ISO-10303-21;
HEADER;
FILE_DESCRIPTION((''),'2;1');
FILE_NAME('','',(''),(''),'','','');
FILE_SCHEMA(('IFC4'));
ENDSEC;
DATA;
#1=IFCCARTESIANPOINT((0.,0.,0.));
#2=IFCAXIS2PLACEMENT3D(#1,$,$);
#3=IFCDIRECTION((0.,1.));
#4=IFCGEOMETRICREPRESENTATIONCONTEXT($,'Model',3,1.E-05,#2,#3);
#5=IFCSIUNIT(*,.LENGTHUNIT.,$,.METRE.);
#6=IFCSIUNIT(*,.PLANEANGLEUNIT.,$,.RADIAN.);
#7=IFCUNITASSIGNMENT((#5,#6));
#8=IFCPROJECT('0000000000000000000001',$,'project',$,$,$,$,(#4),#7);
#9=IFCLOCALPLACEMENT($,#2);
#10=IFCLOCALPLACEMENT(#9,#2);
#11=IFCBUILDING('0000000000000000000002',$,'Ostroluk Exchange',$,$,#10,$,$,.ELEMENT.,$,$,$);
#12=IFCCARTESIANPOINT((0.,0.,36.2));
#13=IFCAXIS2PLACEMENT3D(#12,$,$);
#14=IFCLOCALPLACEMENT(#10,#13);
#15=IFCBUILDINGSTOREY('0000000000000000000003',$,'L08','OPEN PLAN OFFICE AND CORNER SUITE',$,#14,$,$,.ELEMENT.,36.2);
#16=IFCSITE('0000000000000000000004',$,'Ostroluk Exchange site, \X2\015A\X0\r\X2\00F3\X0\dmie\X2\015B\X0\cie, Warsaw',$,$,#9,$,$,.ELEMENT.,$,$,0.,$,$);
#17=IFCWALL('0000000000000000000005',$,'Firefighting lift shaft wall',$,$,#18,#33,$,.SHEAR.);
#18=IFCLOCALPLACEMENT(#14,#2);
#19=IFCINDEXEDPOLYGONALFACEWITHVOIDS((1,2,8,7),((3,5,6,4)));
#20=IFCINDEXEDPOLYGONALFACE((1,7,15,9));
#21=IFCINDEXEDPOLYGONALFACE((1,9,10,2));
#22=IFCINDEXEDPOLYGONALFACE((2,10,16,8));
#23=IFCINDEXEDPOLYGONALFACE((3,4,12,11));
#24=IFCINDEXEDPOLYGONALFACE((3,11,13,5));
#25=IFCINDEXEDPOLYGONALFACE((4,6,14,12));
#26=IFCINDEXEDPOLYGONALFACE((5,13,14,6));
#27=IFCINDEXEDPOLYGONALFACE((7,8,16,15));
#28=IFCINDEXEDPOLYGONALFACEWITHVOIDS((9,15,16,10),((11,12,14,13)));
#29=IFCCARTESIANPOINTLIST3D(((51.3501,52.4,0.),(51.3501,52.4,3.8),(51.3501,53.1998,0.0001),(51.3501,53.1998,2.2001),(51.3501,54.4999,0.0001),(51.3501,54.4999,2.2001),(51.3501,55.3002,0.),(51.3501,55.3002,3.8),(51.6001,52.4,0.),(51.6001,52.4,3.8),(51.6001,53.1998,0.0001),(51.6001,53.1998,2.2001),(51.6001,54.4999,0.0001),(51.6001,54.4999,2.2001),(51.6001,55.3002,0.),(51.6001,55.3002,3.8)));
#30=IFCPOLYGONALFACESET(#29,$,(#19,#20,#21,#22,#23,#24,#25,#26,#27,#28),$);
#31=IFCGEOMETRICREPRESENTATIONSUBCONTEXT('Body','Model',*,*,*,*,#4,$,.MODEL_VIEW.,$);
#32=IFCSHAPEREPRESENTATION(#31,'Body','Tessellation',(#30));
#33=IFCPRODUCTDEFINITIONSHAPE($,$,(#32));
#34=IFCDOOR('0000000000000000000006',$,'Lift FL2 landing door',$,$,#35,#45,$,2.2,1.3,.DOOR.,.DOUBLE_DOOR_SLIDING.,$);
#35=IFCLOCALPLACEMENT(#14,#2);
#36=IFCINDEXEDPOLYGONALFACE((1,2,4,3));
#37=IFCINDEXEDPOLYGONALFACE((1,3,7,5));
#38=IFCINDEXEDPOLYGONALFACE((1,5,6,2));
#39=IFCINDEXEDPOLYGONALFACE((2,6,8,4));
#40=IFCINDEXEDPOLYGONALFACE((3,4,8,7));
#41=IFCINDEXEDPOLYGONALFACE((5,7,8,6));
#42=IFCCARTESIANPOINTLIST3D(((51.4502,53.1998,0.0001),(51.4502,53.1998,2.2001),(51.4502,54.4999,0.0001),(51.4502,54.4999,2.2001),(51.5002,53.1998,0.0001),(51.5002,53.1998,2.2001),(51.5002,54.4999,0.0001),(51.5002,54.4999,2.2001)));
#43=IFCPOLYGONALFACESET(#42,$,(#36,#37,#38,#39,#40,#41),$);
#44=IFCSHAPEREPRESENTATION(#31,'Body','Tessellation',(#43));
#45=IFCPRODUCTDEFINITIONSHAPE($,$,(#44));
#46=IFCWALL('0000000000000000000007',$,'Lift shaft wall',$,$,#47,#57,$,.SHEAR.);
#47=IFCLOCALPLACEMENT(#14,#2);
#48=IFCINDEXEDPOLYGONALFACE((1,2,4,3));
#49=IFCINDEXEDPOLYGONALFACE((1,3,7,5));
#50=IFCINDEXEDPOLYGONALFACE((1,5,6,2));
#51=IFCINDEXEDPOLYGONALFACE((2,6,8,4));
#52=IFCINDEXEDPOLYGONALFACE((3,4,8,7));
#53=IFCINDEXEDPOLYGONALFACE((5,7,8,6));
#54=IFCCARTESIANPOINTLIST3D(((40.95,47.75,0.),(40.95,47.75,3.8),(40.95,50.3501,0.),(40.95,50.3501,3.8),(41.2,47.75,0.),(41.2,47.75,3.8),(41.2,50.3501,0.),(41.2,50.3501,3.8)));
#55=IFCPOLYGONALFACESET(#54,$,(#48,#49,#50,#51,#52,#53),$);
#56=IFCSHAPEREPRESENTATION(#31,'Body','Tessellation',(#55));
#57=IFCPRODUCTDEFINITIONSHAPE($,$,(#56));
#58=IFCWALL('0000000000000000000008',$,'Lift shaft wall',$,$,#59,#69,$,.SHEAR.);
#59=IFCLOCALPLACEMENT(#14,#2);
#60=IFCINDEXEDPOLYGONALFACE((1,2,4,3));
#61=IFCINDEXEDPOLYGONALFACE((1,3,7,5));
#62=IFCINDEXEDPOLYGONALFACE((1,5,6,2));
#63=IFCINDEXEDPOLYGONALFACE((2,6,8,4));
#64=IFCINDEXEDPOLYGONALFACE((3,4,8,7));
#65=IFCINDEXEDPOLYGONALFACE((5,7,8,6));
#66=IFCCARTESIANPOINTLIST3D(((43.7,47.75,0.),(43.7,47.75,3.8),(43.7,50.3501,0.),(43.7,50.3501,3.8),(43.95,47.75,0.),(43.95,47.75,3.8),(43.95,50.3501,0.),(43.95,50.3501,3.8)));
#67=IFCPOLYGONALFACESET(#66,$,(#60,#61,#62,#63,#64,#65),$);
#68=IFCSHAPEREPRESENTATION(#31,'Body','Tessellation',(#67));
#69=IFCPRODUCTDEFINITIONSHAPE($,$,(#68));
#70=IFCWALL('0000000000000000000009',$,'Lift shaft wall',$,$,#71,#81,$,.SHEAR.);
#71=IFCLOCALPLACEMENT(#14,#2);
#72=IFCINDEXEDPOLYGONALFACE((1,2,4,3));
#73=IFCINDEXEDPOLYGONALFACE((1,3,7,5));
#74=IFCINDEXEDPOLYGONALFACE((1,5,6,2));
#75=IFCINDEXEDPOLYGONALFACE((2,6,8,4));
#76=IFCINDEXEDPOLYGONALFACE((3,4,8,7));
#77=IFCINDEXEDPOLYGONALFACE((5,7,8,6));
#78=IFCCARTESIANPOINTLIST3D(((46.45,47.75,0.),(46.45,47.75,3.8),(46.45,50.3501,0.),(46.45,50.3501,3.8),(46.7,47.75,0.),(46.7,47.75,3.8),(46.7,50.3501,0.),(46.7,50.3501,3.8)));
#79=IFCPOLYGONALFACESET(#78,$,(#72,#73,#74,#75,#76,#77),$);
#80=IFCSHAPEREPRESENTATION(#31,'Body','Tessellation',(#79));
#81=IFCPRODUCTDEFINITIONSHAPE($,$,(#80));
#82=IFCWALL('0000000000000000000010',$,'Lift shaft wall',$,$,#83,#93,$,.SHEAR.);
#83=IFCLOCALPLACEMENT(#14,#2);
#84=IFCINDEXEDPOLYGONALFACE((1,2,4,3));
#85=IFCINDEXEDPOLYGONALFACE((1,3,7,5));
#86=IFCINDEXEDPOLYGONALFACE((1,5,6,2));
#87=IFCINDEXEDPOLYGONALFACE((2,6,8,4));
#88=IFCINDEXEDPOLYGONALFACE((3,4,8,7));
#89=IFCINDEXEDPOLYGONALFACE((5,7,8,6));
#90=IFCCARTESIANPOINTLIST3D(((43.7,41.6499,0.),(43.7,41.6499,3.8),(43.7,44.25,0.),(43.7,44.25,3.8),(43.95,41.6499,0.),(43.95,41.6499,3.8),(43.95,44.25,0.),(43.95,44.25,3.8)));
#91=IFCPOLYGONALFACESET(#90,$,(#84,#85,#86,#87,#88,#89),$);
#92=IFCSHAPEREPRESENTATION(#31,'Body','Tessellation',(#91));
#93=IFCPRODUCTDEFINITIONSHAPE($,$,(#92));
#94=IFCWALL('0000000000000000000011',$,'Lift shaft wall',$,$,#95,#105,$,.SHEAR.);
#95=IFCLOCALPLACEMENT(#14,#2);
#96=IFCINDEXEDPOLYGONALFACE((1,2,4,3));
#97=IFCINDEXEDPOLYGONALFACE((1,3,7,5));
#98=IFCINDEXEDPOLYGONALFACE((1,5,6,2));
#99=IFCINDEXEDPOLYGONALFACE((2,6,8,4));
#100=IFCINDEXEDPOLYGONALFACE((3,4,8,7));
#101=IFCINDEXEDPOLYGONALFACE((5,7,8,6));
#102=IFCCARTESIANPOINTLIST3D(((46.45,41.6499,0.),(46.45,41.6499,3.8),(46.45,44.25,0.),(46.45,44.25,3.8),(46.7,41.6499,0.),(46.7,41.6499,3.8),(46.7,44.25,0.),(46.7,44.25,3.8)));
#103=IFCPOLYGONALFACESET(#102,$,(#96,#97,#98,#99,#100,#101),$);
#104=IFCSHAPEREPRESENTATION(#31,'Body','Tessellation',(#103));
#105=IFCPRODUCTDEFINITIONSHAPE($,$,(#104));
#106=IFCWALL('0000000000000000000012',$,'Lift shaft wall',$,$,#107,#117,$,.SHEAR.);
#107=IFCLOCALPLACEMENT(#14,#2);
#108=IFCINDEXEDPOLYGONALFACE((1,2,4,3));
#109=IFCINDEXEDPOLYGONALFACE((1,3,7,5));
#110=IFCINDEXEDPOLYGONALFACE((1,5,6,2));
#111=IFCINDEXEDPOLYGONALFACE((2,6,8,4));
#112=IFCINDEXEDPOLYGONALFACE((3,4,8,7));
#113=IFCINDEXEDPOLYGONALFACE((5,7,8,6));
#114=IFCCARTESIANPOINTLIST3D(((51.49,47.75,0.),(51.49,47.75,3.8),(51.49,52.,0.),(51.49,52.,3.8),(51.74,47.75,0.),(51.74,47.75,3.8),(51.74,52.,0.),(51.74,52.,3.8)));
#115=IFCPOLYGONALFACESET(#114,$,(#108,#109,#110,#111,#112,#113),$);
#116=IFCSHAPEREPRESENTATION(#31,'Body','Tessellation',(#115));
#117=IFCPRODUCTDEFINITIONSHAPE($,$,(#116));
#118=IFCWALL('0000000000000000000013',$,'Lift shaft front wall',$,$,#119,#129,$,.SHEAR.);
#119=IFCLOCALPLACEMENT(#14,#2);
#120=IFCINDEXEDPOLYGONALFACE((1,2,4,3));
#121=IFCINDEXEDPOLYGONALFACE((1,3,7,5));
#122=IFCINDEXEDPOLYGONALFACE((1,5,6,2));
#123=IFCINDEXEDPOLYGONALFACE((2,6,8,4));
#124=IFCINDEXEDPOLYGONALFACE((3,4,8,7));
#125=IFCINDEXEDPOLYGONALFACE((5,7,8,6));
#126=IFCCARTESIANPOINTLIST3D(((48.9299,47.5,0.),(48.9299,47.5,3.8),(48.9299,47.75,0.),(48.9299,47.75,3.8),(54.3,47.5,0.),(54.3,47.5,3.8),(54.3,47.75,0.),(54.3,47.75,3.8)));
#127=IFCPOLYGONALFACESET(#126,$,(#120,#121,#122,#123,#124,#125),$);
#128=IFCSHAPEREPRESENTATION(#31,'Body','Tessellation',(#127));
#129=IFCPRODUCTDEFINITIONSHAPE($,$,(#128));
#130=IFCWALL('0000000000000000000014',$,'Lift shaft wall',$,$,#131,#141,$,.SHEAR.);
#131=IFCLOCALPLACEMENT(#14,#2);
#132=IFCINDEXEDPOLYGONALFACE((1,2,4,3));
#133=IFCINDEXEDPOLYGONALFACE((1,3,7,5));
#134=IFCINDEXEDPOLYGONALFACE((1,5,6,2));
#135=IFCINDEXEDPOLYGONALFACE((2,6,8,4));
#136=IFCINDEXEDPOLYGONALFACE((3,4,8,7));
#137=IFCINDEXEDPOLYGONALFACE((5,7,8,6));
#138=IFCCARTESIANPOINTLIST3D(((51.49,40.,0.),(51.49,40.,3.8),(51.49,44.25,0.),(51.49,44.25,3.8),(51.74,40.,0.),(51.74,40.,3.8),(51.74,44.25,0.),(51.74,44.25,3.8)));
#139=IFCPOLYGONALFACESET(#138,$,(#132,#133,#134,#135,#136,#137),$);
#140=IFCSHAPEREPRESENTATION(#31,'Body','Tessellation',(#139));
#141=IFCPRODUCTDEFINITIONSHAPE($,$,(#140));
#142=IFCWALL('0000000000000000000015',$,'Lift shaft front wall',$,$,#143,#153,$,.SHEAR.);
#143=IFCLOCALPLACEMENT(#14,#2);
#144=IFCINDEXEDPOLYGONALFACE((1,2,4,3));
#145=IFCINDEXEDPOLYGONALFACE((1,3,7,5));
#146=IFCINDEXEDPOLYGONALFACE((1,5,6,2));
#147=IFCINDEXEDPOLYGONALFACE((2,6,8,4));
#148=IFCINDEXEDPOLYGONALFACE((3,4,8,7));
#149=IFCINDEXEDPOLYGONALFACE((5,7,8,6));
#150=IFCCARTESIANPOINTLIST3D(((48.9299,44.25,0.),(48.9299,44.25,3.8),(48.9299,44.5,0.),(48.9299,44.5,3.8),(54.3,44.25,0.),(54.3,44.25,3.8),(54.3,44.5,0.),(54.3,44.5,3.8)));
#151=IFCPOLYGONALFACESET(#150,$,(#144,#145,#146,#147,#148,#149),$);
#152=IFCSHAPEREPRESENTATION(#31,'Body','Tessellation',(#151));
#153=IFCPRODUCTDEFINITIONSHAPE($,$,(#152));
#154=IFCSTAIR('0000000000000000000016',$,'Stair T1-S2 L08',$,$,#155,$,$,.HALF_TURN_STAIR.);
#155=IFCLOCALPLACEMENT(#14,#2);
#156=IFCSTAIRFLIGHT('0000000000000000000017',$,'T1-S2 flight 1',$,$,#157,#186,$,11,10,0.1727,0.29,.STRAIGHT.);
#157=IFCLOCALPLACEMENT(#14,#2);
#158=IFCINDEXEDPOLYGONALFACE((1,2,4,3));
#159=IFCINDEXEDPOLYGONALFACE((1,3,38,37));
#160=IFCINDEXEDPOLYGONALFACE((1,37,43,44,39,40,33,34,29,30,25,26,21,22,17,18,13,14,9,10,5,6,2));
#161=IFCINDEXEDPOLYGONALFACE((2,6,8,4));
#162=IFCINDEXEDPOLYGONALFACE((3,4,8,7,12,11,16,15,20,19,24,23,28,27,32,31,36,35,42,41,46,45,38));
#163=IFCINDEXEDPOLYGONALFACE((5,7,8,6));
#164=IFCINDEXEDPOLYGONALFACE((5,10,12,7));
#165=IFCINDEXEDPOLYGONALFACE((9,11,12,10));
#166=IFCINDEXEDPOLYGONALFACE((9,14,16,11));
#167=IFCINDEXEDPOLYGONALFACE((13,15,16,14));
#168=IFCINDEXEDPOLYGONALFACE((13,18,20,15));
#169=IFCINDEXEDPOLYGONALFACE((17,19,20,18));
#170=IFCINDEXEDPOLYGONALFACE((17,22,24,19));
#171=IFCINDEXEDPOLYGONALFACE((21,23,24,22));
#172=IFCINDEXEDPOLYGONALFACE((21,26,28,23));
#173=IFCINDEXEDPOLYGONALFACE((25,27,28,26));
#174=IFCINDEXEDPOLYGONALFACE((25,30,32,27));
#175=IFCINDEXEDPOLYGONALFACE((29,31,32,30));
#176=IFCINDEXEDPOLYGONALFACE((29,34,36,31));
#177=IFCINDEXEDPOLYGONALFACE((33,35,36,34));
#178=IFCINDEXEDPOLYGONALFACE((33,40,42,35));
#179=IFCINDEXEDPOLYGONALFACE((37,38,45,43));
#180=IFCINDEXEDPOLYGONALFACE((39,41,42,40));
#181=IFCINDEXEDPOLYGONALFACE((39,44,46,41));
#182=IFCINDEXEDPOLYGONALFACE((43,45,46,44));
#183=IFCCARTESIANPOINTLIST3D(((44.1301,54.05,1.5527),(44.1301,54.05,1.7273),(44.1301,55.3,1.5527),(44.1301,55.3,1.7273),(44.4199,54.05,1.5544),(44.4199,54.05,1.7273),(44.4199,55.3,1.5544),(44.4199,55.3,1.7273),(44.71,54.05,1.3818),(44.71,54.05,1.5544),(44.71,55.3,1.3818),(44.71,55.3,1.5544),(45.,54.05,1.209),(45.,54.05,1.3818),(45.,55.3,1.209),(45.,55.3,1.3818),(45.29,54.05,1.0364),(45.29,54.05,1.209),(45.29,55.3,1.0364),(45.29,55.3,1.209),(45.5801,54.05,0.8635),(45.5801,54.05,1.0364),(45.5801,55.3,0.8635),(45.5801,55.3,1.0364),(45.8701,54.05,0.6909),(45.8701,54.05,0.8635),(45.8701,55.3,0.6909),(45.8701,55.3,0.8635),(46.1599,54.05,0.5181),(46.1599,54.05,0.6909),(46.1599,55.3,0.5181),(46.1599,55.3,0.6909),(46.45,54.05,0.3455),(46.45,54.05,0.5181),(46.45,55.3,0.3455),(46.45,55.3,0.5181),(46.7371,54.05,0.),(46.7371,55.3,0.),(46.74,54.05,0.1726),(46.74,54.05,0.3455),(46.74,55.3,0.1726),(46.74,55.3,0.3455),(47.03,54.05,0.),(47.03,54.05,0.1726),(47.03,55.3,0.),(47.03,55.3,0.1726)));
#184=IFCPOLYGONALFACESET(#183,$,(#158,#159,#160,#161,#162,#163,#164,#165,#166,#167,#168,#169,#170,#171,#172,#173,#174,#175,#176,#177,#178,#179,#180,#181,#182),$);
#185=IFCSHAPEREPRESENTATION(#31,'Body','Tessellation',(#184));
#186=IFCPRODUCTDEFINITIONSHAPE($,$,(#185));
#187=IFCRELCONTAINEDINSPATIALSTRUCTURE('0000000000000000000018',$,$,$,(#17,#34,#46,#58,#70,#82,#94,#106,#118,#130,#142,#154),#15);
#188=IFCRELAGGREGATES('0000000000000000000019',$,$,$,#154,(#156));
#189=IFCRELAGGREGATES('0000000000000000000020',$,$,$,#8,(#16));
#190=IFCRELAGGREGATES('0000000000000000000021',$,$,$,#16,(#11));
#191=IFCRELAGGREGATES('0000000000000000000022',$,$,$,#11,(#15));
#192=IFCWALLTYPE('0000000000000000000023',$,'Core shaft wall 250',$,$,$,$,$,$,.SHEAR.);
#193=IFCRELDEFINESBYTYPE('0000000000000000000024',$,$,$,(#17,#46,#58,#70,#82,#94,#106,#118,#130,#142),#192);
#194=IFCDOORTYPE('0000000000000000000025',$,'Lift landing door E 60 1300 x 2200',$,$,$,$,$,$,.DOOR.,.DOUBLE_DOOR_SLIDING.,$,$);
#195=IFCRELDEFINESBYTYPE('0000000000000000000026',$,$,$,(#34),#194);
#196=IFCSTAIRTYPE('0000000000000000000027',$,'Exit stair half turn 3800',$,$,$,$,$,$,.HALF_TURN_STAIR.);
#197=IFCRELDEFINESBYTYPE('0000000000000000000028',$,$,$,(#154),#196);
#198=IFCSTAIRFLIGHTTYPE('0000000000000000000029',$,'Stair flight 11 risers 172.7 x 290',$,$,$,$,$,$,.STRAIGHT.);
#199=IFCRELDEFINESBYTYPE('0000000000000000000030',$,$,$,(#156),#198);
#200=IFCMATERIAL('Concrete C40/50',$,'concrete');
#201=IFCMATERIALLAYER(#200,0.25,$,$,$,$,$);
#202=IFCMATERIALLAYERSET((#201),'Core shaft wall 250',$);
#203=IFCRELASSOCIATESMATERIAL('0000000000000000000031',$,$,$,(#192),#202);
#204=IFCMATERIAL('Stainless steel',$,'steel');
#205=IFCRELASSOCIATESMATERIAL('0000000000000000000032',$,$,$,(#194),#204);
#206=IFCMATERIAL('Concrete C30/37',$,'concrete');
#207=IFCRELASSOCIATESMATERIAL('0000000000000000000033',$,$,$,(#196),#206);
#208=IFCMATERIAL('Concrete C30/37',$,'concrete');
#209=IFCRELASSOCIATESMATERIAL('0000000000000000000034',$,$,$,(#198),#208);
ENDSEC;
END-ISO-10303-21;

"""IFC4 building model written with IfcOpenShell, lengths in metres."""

from ifc_helpers import new_model, si_unit, direction, frame, frame_2d, origin, place, context, subcontext, project, spatial, polyline, rectangle, outline, extrude, material, layer, layer_set, type_object, element, fill, aggregate, save


model = new_model("IFC4")

# Units and contexts
model_context = context("Model", 3, precision=1e-05, world=origin(), true_north=direction((0.0, 1.0)))
body_context = subcontext(model_context, "Body", "Model", "MODEL_VIEW")
ifc_project = project(units=[si_unit("LENGTHUNIT", "METRE"), si_unit("PLANEANGLEUNIT", "RADIAN")], contexts=[model_context])

# Site, building, storey
site_placement = place(None, origin())
site = spatial("IfcSite", under=ifc_project, at=site_placement, Name="Ostroluk Exchange site, Śródmieście, Warsaw", CompositionType="ELEMENT", RefElevation=0.0)
building_placement = place(site_placement, origin())
building = spatial("IfcBuilding", under=site, at=building_placement, Name="Ostroluk Exchange", CompositionType="ELEMENT")
storey_placement = place(building_placement, frame((0.0, 0.0, 36.2)))
storey = spatial("IfcBuildingStorey", under=building, at=storey_placement, Name="L08", Description="OPEN PLAN OFFICE AND CORNER SUITE", CompositionType="ELEMENT", Elevation=36.2)

# Shared definitions
ifc_material_1 = material(Name="Concrete C40/50", Category="concrete")
ifc_layer_1 = layer(ifc_material_1, 0.25)
ifc_layer_set_1 = layer_set([ifc_layer_1], Name="Core shaft wall 250")
wall_type_1 = type_object("IfcWallType", Name="Core shaft wall 250", PredefinedType="SHEAR", material=ifc_layer_set_1)

# Wall, opening, door
wall_1_placement = place(storey_placement, frame((51.4751, 52.3999, 0.0), z_axis=(0.0, 0.0, 1.0), x_axis=(0.0, 1.0, 0.0)))
wall_1 = element("IfcWall", 1, at=wall_1_placement, inside=storey, type_object=wall_type_1, Name="Firefighting lift shaft wall", PredefinedType="SHEAR", context=body_context, shape_type="SweptSolid", body=[
    extrude(rectangle(XDim=2.9001, YDim=0.25, at=frame_2d((1.4502, 0.0))), origin(), (0.0, 0.0, 1.0), 3.8),
])
opening_1_placement = place(wall_1_placement, frame((0.8, 0.0, 0.0)))
opening_1 = element("IfcOpeningElement", 2, at=opening_1_placement, cuts=wall_1, PredefinedType="OPENING", context=body_context, shape_type="SweptSolid", body=[
    extrude(rectangle(XDim=1.3, YDim=2.2, at=frame_2d((0.6499, 1.1001))), frame((0.0, 0.135, 0.0), z_axis=(0.0, -1.0, 0.0), x_axis=(1.0, 0.0, 0.0)), (0.0, 0.0, 1.0), 0.27),
])
ifc_material_2 = material(Name="Stainless steel", Category="steel")
door_type_1 = type_object("IfcDoorType", Name="Lift landing door E 60 1300 x 2200", OperationType="DOUBLE_DOOR_SLIDING", PredefinedType="DOOR", material=ifc_material_2)
door_1_placement = place(opening_1_placement, origin())
door_1 = element("IfcDoor", 3, at=door_1_placement, inside=storey, type_object=door_type_1, Name="Lift FL2 landing door", OperationType="DOUBLE_DOOR_SLIDING", OverallHeight=2.2, OverallWidth=1.3, PredefinedType="DOOR", context=body_context, shape_type="SweptSolid", body=[
    extrude(rectangle(XDim=1.3, YDim=2.2, at=frame_2d((0.6499, 1.1001))), frame((0.0, 0.0249, 0.0), z_axis=(0.0, -1.0, 0.0), x_axis=(1.0, 0.0, 0.0)), (0.0, 0.0, 1.0), 0.05),
])
fill(opening_1, door_1)

# Walls
for number, where, z_axis, x_axis, name in (
    (4, (41.075, 47.75, 0.0), (0.0, 0.0, 1.0), (0.0, 1.0, 0.0), "Lift shaft wall"),
    (5, (43.825, 47.75, 0.0), (0.0, 0.0, 1.0), (0.0, 1.0, 0.0), "Lift shaft wall"),
    (6, (46.575, 47.75, 0.0), (0.0, 0.0, 1.0), (0.0, 1.0, 0.0), "Lift shaft wall"),
    (7, (43.825, 44.25, 0.0), (0.0, 0.0, 1.0), (0.0, -1.0, 0.0), "Lift shaft wall"),
    (8, (46.575, 44.25, 0.0), (0.0, 0.0, 1.0), (0.0, -1.0, 0.0), "Lift shaft wall"),
):
    element("IfcWall", number, at=place(storey_placement, frame(where, z_axis=z_axis, x_axis=x_axis)), inside=storey, type_object=wall_type_1, Name=name, PredefinedType="SHEAR", context=body_context, shape_type="SweptSolid", body=[
        extrude(rectangle(XDim=2.6001, YDim=0.25, at=frame_2d((1.3, 0.0))), origin(), (0.0, 0.0, 1.0), 3.8),
    ])
wall_2_placement = place(storey_placement, frame((51.615, 47.75, 0.0), z_axis=(0.0, 0.0, 1.0), x_axis=(0.0, 1.0, 0.0)))
element("IfcWall", 9, at=wall_2_placement, inside=storey, type_object=wall_type_1, Name="Lift shaft wall", PredefinedType="SHEAR", context=body_context, shape_type="SweptSolid", body=[
    extrude(rectangle(XDim=4.25, YDim=0.25, at=frame_2d((2.125, 0.0))), origin(), (0.0, 0.0, 1.0), 3.8),
])
wall_3_placement = place(storey_placement, frame((48.9299, 47.625, 0.0), z_axis=(0.0, 0.0, 1.0), x_axis=(1.0, 0.0, 0.0)))
element("IfcWall", 10, at=wall_3_placement, inside=storey, type_object=wall_type_1, Name="Lift shaft front wall", PredefinedType="SHEAR", context=body_context, shape_type="SweptSolid", body=[
    extrude(rectangle(XDim=5.3701, YDim=0.25, at=frame_2d((2.6851, 0.0))), origin(), (0.0, 0.0, 1.0), 3.8),
])
wall_4_placement = place(storey_placement, frame((51.615, 44.25, 0.0), z_axis=(0.0, 0.0, 1.0), x_axis=(0.0, -1.0, 0.0)))
element("IfcWall", 11, at=wall_4_placement, inside=storey, type_object=wall_type_1, Name="Lift shaft wall", PredefinedType="SHEAR", context=body_context, shape_type="SweptSolid", body=[
    extrude(rectangle(XDim=4.25, YDim=0.25, at=frame_2d((2.125, 0.0))), origin(), (0.0, 0.0, 1.0), 3.8),
])
wall_5_placement = place(storey_placement, frame((48.9299, 44.375, 0.0), z_axis=(0.0, 0.0, 1.0), x_axis=(1.0, 0.0, 0.0)))
element("IfcWall", 12, at=wall_5_placement, inside=storey, type_object=wall_type_1, Name="Lift shaft front wall", PredefinedType="SHEAR", context=body_context, shape_type="SweptSolid", body=[
    extrude(rectangle(XDim=5.3701, YDim=0.25, at=frame_2d((2.6851, 0.0))), origin(), (0.0, 0.0, 1.0), 3.8),
])

# Stair, stair flight
ifc_material_3 = material(Name="Concrete C30/37", Category="concrete")
stair_type = type_object("IfcStairType", Name="Exit stair half turn 3800", PredefinedType="HALF_TURN_STAIR", material=ifc_material_3)
stair_placement = place(storey_placement, origin())
stair = element("IfcStair", 13, at=stair_placement, inside=storey, type_object=stair_type, Name="Stair T1-S2 L08", PredefinedType="HALF_TURN_STAIR")
ifc_material_4 = material(Name="Concrete C30/37", Category="concrete")
stair_flight_type = type_object("IfcStairFlightType", Name="Stair flight 11 risers 172.7 x 290", PredefinedType="STRAIGHT", material=ifc_material_4)
stair_flight_1_placement = place(storey_placement, frame((47.03, 54.675, 0.0), z_axis=(0.0, 0.0, 1.0), x_axis=(-1.0, 0.0, 0.0)))
stair_flight_1 = element("IfcStairFlight", 14, at=stair_flight_1_placement, type_object=stair_flight_type, Name="T1-S2 flight 1", NumberOfRisers=11, NumberOfTreads=10, PredefinedType="STRAIGHT", RiserHeight=0.1727, TreadLength=0.29, context=body_context, shape_type="SweptSolid", body=[
    extrude(outline(polyline([(0.0, 0.0), (0.0, 0.1726), (0.29, 0.1726), (0.29, 0.3455), (0.5801, 0.3455), (0.5801, 0.5181), (0.8701, 0.5181), (0.8701, 0.6909), (1.1599, 0.6909), (1.1599, 0.8635), (1.45, 0.8635), (1.45, 1.0364), (1.74, 1.0364), (1.74, 1.209), (2.03, 1.209), (2.03, 1.3818), (2.3201, 1.3818), (2.3201, 1.5544), (2.6101, 1.5544), (2.6101, 1.7273), (2.8999, 1.7273), (2.8999, 1.8999), (2.8999, 1.5527), (0.293, 0.0), (0.0, 0.0)])), frame((0.0, 0.625, 0.0), z_axis=(0.0, -1.0, 0.0), x_axis=(1.0, 0.0, 0.0)), (0.0, 0.0, 1.0), 1.25),
])
aggregate(stair, [stair_flight_1])

save(model, "model.ifc")
